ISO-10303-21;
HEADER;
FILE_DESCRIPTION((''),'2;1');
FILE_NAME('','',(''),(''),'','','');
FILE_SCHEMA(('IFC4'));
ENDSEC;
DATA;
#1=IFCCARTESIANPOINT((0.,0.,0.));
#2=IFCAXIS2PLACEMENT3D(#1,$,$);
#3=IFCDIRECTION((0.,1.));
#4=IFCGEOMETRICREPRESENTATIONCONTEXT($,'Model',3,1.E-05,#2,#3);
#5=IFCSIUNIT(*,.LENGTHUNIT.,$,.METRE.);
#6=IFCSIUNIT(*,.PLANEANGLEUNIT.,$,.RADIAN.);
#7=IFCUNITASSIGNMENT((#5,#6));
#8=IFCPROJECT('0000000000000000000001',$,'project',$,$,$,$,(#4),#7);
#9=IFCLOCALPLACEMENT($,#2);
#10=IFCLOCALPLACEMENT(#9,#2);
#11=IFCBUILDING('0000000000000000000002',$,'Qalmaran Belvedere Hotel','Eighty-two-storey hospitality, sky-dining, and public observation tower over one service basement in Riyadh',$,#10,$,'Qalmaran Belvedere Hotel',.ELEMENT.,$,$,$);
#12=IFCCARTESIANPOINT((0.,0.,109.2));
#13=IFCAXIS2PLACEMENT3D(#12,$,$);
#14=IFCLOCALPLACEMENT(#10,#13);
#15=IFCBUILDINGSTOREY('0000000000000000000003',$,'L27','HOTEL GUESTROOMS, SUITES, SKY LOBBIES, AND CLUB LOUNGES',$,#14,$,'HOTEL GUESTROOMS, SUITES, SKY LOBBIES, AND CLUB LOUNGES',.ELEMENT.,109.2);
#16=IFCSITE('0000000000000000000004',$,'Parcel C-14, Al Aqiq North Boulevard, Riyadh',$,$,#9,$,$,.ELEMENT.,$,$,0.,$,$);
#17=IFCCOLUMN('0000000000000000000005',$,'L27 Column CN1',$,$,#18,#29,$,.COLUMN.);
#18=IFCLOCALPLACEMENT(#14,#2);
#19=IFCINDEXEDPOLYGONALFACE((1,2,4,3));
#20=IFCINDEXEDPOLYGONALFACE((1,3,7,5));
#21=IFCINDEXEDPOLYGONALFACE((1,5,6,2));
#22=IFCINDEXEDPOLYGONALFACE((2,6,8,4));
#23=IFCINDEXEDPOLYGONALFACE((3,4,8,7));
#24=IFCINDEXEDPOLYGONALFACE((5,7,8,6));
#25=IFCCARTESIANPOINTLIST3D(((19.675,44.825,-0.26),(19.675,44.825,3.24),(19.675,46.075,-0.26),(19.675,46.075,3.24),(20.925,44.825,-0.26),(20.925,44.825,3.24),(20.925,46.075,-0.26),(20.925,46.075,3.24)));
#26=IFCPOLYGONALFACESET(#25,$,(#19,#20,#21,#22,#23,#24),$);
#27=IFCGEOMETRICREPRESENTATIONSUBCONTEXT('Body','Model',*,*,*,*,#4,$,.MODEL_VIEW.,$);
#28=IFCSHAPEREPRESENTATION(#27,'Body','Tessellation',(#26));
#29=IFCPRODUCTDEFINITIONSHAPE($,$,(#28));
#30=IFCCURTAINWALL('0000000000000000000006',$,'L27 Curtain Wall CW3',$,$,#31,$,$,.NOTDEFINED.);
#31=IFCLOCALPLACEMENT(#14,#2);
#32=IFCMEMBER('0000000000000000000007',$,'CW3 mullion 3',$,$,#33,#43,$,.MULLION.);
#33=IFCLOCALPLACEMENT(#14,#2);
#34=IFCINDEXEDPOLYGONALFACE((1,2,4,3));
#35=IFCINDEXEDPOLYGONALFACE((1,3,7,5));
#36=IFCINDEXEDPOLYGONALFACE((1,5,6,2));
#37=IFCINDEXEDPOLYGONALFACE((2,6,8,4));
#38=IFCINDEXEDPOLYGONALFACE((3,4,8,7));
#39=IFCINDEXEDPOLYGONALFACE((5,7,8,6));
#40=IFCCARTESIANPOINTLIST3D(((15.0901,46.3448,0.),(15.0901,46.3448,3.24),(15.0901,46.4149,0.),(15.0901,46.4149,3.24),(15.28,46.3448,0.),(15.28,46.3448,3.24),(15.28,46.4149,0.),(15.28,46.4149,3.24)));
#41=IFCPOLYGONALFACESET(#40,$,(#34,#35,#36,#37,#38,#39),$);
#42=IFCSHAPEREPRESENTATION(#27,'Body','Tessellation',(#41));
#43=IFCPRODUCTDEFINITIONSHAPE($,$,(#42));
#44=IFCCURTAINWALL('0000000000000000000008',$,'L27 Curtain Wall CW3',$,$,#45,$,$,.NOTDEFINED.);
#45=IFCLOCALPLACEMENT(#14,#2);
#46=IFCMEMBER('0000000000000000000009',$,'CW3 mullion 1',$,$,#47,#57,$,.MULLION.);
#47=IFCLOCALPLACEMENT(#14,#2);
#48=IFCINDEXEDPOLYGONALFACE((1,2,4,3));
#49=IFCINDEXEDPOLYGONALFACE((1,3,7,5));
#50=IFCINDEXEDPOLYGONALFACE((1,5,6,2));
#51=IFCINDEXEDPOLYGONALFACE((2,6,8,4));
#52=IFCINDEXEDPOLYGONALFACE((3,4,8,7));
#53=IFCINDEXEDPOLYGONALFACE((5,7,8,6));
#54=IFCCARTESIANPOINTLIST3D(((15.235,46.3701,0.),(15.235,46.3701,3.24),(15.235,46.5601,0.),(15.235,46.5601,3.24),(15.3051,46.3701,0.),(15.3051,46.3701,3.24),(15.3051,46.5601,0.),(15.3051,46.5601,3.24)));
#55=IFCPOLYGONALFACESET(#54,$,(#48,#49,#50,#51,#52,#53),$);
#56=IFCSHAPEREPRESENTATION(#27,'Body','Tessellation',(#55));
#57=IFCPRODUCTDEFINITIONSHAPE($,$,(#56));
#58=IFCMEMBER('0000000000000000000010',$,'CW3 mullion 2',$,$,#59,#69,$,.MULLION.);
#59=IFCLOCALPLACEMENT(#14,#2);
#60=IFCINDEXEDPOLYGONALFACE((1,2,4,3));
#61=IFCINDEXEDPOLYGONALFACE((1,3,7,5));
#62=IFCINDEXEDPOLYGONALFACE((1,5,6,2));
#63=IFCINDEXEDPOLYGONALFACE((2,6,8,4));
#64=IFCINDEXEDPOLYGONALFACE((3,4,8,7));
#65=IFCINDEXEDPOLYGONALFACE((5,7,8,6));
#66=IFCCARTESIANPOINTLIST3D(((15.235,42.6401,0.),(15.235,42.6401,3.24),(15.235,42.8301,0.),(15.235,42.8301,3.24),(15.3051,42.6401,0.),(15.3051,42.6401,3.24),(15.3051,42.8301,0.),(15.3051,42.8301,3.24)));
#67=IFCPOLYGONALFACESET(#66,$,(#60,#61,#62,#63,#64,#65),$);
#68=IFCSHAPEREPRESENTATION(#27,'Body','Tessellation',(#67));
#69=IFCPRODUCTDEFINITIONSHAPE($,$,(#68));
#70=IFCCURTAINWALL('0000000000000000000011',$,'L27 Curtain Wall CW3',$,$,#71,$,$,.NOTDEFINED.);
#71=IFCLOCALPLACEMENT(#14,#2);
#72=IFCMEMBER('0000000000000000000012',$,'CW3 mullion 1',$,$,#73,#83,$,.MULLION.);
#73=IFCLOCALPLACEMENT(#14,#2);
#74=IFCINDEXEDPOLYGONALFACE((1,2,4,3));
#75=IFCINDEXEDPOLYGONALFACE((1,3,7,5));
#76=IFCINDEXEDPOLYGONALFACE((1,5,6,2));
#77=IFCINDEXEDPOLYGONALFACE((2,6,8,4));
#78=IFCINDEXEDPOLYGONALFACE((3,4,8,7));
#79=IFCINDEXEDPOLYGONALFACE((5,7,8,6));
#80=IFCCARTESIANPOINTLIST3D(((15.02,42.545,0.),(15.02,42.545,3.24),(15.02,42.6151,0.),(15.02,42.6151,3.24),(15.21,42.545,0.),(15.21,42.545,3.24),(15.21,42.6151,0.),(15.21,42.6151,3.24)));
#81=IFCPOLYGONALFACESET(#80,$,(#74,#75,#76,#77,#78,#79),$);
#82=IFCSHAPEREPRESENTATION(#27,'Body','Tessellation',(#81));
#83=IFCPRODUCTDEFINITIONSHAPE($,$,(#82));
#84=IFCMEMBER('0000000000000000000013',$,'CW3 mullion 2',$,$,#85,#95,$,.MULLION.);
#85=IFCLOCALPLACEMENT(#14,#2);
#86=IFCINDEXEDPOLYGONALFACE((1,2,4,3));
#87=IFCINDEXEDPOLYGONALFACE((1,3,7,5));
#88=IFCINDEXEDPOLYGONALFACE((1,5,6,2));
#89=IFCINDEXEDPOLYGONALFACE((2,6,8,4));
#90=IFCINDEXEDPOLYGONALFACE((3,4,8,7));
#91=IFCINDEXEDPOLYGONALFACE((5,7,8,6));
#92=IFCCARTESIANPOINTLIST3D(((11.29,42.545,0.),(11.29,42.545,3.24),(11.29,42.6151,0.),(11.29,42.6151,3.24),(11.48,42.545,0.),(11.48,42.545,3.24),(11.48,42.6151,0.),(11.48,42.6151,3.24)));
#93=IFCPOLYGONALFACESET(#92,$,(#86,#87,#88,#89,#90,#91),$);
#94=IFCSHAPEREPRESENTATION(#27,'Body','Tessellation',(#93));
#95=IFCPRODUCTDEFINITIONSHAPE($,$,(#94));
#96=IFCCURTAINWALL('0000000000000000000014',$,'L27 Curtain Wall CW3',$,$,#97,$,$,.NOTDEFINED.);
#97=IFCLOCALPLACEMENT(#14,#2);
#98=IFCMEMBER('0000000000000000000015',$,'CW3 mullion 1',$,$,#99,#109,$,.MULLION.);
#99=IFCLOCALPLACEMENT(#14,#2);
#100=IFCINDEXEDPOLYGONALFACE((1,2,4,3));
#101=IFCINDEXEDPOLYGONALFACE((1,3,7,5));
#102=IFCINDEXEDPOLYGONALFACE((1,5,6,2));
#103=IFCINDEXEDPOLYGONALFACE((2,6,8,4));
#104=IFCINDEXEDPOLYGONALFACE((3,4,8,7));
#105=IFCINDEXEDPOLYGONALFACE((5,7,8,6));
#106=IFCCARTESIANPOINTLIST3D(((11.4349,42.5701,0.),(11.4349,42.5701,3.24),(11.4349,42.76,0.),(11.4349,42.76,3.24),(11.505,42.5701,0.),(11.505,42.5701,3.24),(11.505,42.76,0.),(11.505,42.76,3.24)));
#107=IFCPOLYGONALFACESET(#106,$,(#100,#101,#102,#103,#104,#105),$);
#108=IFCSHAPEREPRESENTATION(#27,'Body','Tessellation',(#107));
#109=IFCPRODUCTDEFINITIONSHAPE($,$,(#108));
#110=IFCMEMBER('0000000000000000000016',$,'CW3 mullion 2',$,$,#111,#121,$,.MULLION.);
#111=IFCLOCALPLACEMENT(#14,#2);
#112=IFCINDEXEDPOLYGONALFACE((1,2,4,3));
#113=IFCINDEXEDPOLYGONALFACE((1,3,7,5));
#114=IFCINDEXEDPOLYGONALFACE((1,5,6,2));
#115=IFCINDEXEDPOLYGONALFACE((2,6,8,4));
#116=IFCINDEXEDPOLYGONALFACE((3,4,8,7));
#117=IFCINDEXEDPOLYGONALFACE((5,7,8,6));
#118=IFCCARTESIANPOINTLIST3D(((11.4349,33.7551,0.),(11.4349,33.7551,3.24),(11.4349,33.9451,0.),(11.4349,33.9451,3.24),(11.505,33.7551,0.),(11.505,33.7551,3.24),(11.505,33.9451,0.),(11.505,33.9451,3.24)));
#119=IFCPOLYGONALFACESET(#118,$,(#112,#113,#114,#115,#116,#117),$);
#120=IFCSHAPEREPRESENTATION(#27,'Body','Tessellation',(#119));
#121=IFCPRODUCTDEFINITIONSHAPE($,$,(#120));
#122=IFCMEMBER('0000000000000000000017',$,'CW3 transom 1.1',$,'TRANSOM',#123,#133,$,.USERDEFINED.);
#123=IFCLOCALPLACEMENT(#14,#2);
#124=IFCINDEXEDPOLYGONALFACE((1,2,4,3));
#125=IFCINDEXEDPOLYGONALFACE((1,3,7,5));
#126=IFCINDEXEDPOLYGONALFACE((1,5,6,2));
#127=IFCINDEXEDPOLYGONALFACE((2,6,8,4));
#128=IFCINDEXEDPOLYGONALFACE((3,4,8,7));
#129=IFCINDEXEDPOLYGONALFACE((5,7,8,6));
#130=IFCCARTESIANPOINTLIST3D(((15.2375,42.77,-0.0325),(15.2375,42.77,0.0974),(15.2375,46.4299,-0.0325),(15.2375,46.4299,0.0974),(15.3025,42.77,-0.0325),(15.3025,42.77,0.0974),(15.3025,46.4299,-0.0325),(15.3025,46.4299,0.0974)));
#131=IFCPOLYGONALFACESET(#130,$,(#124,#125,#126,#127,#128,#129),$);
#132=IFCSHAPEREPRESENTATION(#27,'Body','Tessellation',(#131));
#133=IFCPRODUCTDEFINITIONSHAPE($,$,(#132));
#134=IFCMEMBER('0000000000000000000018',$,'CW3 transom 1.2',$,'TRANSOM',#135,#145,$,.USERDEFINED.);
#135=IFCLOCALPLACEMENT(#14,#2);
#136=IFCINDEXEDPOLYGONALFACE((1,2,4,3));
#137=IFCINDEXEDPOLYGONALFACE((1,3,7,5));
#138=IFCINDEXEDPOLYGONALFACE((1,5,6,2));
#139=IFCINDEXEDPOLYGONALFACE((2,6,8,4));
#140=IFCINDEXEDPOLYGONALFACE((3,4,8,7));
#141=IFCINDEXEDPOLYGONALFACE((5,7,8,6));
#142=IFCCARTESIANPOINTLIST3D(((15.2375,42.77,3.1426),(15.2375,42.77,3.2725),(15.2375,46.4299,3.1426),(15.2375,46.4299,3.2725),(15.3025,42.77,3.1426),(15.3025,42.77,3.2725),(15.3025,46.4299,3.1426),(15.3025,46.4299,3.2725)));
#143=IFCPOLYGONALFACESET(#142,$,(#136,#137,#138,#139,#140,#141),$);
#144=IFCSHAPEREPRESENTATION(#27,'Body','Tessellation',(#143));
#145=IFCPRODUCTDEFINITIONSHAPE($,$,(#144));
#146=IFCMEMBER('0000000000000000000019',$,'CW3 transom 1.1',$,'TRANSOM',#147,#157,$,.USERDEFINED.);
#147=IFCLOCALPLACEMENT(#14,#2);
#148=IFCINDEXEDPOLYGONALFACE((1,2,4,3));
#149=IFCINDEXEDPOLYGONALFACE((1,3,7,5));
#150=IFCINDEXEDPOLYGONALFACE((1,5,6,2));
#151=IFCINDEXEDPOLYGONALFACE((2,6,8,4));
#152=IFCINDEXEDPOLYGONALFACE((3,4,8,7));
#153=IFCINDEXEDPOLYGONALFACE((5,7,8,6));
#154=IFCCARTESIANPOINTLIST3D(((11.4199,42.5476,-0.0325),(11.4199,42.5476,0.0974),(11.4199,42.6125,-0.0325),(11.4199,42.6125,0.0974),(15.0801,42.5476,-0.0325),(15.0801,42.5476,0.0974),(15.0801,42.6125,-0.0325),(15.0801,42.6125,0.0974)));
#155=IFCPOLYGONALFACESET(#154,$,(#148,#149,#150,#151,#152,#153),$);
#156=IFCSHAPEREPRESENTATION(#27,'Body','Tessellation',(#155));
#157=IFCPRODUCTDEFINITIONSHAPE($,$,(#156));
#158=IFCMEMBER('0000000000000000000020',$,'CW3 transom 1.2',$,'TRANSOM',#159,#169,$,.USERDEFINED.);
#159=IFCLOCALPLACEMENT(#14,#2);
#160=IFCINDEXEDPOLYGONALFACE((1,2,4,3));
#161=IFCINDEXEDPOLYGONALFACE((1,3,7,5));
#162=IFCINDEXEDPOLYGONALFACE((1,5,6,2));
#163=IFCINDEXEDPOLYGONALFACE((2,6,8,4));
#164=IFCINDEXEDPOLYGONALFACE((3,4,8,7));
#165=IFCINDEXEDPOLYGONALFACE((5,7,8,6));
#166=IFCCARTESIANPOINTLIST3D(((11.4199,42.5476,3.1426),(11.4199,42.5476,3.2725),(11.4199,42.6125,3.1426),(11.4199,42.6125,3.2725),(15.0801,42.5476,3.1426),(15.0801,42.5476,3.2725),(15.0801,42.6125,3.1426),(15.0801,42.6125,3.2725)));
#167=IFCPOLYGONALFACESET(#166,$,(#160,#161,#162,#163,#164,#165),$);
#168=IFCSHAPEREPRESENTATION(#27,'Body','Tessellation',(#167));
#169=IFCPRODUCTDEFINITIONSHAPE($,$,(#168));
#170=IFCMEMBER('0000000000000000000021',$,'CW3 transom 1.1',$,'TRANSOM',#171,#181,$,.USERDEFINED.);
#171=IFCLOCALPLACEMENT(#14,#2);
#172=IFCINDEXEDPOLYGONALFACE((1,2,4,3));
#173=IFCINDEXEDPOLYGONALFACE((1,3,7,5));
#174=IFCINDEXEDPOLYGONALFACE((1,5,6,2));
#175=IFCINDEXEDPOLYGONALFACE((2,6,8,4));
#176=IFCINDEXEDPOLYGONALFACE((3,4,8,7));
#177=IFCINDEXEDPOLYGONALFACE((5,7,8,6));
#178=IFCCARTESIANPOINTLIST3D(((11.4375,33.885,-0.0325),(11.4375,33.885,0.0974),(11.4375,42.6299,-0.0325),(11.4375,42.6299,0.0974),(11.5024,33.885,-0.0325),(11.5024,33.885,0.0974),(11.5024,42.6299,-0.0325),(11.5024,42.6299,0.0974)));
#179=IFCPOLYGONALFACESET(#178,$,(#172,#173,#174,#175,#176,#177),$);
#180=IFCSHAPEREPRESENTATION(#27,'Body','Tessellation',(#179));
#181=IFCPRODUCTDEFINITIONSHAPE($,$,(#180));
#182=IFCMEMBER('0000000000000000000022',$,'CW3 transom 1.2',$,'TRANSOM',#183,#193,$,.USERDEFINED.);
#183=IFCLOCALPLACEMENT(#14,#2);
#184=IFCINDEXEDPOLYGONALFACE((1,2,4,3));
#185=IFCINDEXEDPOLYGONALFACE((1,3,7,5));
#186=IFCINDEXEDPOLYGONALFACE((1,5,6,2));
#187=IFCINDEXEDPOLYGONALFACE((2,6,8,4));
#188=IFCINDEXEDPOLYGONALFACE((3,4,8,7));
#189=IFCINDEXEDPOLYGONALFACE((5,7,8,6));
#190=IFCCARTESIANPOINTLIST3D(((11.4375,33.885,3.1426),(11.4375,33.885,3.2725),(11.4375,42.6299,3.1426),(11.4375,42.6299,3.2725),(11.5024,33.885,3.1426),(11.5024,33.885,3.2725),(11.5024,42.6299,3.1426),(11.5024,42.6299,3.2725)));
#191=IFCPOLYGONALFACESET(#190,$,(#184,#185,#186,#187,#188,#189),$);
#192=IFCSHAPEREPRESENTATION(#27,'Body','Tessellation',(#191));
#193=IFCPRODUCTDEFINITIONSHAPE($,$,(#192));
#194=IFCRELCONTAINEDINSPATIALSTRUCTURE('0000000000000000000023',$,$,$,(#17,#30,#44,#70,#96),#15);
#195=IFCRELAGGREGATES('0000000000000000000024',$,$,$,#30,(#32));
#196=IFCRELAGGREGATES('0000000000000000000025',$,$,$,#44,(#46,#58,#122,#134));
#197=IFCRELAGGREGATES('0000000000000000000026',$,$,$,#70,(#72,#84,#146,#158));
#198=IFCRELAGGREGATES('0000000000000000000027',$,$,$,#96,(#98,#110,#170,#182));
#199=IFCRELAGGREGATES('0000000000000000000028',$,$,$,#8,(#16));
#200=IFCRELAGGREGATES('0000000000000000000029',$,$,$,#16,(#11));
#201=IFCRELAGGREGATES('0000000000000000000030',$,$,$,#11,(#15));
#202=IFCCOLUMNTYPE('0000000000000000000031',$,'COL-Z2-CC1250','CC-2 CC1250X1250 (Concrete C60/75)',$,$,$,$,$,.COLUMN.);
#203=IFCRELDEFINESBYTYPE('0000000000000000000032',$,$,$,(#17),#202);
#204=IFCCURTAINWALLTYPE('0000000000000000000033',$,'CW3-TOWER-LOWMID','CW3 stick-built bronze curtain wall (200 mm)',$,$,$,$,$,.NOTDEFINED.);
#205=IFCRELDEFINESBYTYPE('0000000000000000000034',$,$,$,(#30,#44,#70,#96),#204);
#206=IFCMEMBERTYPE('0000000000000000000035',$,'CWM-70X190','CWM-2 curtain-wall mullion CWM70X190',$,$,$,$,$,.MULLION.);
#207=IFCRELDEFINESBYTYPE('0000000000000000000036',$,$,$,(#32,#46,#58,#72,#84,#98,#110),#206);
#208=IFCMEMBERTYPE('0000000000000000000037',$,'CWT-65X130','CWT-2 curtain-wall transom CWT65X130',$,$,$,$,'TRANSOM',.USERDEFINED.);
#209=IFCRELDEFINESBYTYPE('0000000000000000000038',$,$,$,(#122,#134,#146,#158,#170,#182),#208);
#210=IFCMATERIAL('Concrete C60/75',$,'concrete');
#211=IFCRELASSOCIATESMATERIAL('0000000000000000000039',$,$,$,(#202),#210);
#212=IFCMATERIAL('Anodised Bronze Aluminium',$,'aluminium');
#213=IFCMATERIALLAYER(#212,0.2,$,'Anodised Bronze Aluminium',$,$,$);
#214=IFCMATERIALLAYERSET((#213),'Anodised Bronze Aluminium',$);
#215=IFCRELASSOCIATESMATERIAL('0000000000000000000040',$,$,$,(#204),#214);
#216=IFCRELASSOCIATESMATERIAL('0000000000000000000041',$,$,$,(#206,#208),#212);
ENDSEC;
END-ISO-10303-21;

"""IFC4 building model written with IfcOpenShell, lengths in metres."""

from ifc_helpers import new_model, si_unit, direction, frame, origin, origin_2d, place, context, subcontext, project, spatial, rectangle, extrude, material, layer, layer_set, material_profile, profile_set, type_object, element, aggregate, save


model = new_model("IFC4")

# Units and contexts
model_context = context("Model", 3, precision=1e-05, world=origin(), true_north=direction((0.0, 1.0)))
body_context = subcontext(model_context, "Body", "Model", "MODEL_VIEW")
ifc_project = project(units=[si_unit("LENGTHUNIT", "METRE"), si_unit("PLANEANGLEUNIT", "RADIAN")], contexts=[model_context])

# Site, building, storey
site_placement = place(None, origin())
site = spatial("IfcSite", under=ifc_project, at=site_placement, Name="Parcel C-14, Al Aqiq North Boulevard, Riyadh", CompositionType="ELEMENT", RefElevation=0.0)
building_placement = place(site_placement, origin())
building = spatial("IfcBuilding", under=site, at=building_placement, Name="Qalmaran Belvedere Hotel", Description="Eighty-two-storey hospitality, sky-dining, and public observation tower over one service basement in Riyadh", LongName="Qalmaran Belvedere Hotel", CompositionType="ELEMENT")
storey_placement = place(building_placement, frame((0.0, 0.0, 109.2)))
storey = spatial("IfcBuildingStorey", under=building, at=storey_placement, Name="L27", Description="HOTEL GUESTROOMS, SUITES, SKY LOBBIES, AND CLUB LOUNGES", LongName="HOTEL GUESTROOMS, SUITES, SKY LOBBIES, AND CLUB LOUNGES", CompositionType="ELEMENT", Elevation=109.2)

# Column
ifc_material_1 = material(Name="Concrete C60/75", Category="concrete")
ifc_material_profile_1 = material_profile(ifc_material_1, rectangle(XDim=1.25, YDim=1.25, at=origin_2d()), Name="CC1250X1250")
ifc_profile_set_1 = profile_set([ifc_material_profile_1], Name="Concrete C60/75")
column_type = type_object("IfcColumnType", Name="COL-Z2-CC1250", Description="CC-2 CC1250X1250 (Concrete C60/75)", PredefinedType="COLUMN", material=ifc_profile_set_1)
column_placement = place(storey_placement, frame((20.3, 45.45, -0.26), z_axis=(0.0, 0.0, 1.0), x_axis=(1.0, 0.0, 0.0)))
element("IfcColumn", 1, at=column_placement, inside=storey, type_object=column_type, Name="L27 Column CN1", PredefinedType="COLUMN", context=body_context, shape_type="SweptSolid", body=[
    extrude(rectangle(XDim=1.25, YDim=1.25, at=origin_2d()), origin(), (0.0, 0.0, 1.0), 3.5),
])

# Curtain wall, member
ifc_material_2 = material(Name="Anodised Bronze Aluminium", Category="aluminium")
ifc_layer_1 = layer(ifc_material_2, 0.2, Name="Anodised Bronze Aluminium")
ifc_layer_set_1 = layer_set([ifc_layer_1], Name="Anodised Bronze Aluminium")
curtain_wall_type = type_object("IfcCurtainWallType", Name="CW3-TOWER-LOWMID", Description="CW3 stick-built bronze curtain wall (200 mm)", PredefinedType="NOTDEFINED", material=ifc_layer_set_1)
curtain_wall_1_placement = place(storey_placement, origin())
curtain_wall_1 = element("IfcCurtainWall", 2, at=curtain_wall_1_placement, inside=storey, type_object=curtain_wall_type, Name="L27 Curtain Wall CW3", PredefinedType="NOTDEFINED")
ifc_material_profile_2 = material_profile(ifc_material_2, rectangle(XDim=0.0701, YDim=0.1899, at=origin_2d()), Name="CWM70X190")
ifc_profile_set_2 = profile_set([ifc_material_profile_2], Name="Anodised Bronze Aluminium")
member_type_1 = type_object("IfcMemberType", Name="CWM-70X190", Description="CWM-2 curtain-wall mullion CWM70X190", PredefinedType="MULLION", material=ifc_profile_set_2)
member_1_placement = place(storey_placement, frame((15.1851, 46.3799, 0.0), z_axis=(0.0, 0.0, 1.0), x_axis=(0.0, -1.0, 0.0)))
member_1 = element("IfcMember", 3, at=member_1_placement, type_object=member_type_1, Name="CW3 mullion 3", PredefinedType="MULLION", context=body_context, shape_type="SweptSolid", body=[
    extrude(rectangle(XDim=0.0701, YDim=0.1899, at=origin_2d()), origin(), (0.0, 0.0, 1.0), 3.24),
])

# Curtain walls, members
curtain_wall_2_placement = place(storey_placement, origin())
curtain_wall_2 = element("IfcCurtainWall", 4, at=curtain_wall_2_placement, inside=storey, type_object=curtain_wall_type, Name="L27 Curtain Wall CW3", PredefinedType="NOTDEFINED")
member_2_placement = place(storey_placement, frame((15.27, 46.4651, 0.0), z_axis=(0.0, 0.0, 1.0), x_axis=(1.0, 0.0, 0.0)))
member_2 = element("IfcMember", 5, at=member_2_placement, type_object=member_type_1, Name="CW3 mullion 1", PredefinedType="MULLION", context=body_context, shape_type="SweptSolid", body=[
    extrude(rectangle(XDim=0.0701, YDim=0.1899, at=origin_2d()), origin(), (0.0, 0.0, 1.0), 3.24),
])
member_3_placement = place(storey_placement, frame((15.27, 42.7351, 0.0), z_axis=(0.0, 0.0, 1.0), x_axis=(1.0, 0.0, 0.0)))
member_3 = element("IfcMember", 6, at=member_3_placement, type_object=member_type_1, Name="CW3 mullion 2", PredefinedType="MULLION", context=body_context, shape_type="SweptSolid", body=[
    extrude(rectangle(XDim=0.0701, YDim=0.1899, at=origin_2d()), origin(), (0.0, 0.0, 1.0), 3.24),
])
curtain_wall_3_placement = place(storey_placement, origin())
curtain_wall_3 = element("IfcCurtainWall", 7, at=curtain_wall_3_placement, inside=storey, type_object=curtain_wall_type, Name="L27 Curtain Wall CW3", PredefinedType="NOTDEFINED")
member_4_placement = place(storey_placement, frame((15.115, 42.5801, 0.0), z_axis=(0.0, 0.0, 1.0), x_axis=(0.0, -1.0, 0.0)))
member_4 = element("IfcMember", 8, at=member_4_placement, type_object=member_type_1, Name="CW3 mullion 1", PredefinedType="MULLION", context=body_context, shape_type="SweptSolid", body=[
    extrude(rectangle(XDim=0.0701, YDim=0.1899, at=origin_2d()), origin(), (0.0, 0.0, 1.0), 3.24),
])
member_5_placement = place(storey_placement, frame((11.385, 42.5801, 0.0), z_axis=(0.0, 0.0, 1.0), x_axis=(0.0, -1.0, 0.0)))
member_5 = element("IfcMember", 9, at=member_5_placement, type_object=member_type_1, Name="CW3 mullion 2", PredefinedType="MULLION", context=body_context, shape_type="SweptSolid", body=[
    extrude(rectangle(XDim=0.0701, YDim=0.1899, at=origin_2d()), origin(), (0.0, 0.0, 1.0), 3.24),
])
curtain_wall_4_placement = place(storey_placement, origin())
curtain_wall_4 = element("IfcCurtainWall", 10, at=curtain_wall_4_placement, inside=storey, type_object=curtain_wall_type, Name="L27 Curtain Wall CW3", PredefinedType="NOTDEFINED")
member_6_placement = place(storey_placement, frame((11.47, 42.665, 0.0), z_axis=(0.0, 0.0, 1.0), x_axis=(1.0, 0.0, 0.0)))
member_6 = element("IfcMember", 11, at=member_6_placement, type_object=member_type_1, Name="CW3 mullion 1", PredefinedType="MULLION", context=body_context, shape_type="SweptSolid", body=[
    extrude(rectangle(XDim=0.0701, YDim=0.1899, at=origin_2d()), origin(), (0.0, 0.0, 1.0), 3.24),
])
member_7_placement = place(storey_placement, frame((11.47, 33.8501, 0.0), z_axis=(0.0, 0.0, 1.0), x_axis=(1.0, 0.0, 0.0)))
member_7 = element("IfcMember", 12, at=member_7_placement, type_object=member_type_1, Name="CW3 mullion 2", PredefinedType="MULLION", context=body_context, shape_type="SweptSolid", body=[
    extrude(rectangle(XDim=0.0701, YDim=0.1899, at=origin_2d()), origin(), (0.0, 0.0, 1.0), 3.24),
])

# Members
ifc_material_profile_3 = material_profile(ifc_material_2, rectangle(XDim=0.0649, YDim=0.1299, at=origin_2d()), Name="CWT65X130")
ifc_profile_set_3 = profile_set([ifc_material_profile_3], Name="Anodised Bronze Aluminium")
member_type_2 = type_object("IfcMemberType", Name="CWT-65X130", Description="CWT-2 curtain-wall transom CWT65X130", ElementType="TRANSOM", PredefinedType="USERDEFINED", material=ifc_profile_set_3)
member_8_placement = place(storey_placement, frame((15.27, 46.4299, 0.0325), z_axis=(0.0, -1.0, 0.0), x_axis=(1.0, 0.0, 0.0)))
member_8 = element("IfcMember", 13, at=member_8_placement, type_object=member_type_2, Name="CW3 transom 1.1", ObjectType="TRANSOM", PredefinedType="USERDEFINED", context=body_context, shape_type="SweptSolid", body=[
    extrude(rectangle(XDim=0.0649, YDim=0.1299, at=origin_2d()), origin(), (0.0, 0.0, 1.0), 3.6599),
])
member_9_placement = place(storey_placement, frame((15.27, 46.4299, 3.2075), z_axis=(0.0, -1.0, 0.0), x_axis=(1.0, 0.0, 0.0)))
member_9 = element("IfcMember", 14, at=member_9_placement, type_object=member_type_2, Name="CW3 transom 1.2", ObjectType="TRANSOM", PredefinedType="USERDEFINED", context=body_context, shape_type="SweptSolid", body=[
    extrude(rectangle(XDim=0.0649, YDim=0.1299, at=origin_2d()), origin(), (0.0, 0.0, 1.0), 3.6599),
])
member_10_placement = place(storey_placement, frame((15.0801, 42.5801, 0.0325), z_axis=(-1.0, 0.0, 0.0), x_axis=(0.0, -1.0, 0.0)))
member_10 = element("IfcMember", 15, at=member_10_placement, type_object=member_type_2, Name="CW3 transom 1.1", ObjectType="TRANSOM", PredefinedType="USERDEFINED", context=body_context, shape_type="SweptSolid", body=[
    extrude(rectangle(XDim=0.0649, YDim=0.1299, at=origin_2d()), origin(), (0.0, 0.0, 1.0), 3.6602),
])
member_11_placement = place(storey_placement, frame((15.0801, 42.5801, 3.2075), z_axis=(-1.0, 0.0, 0.0), x_axis=(0.0, -1.0, 0.0)))
member_11 = element("IfcMember", 16, at=member_11_placement, type_object=member_type_2, Name="CW3 transom 1.2", ObjectType="TRANSOM", PredefinedType="USERDEFINED", context=body_context, shape_type="SweptSolid", body=[
    extrude(rectangle(XDim=0.0649, YDim=0.1299, at=origin_2d()), origin(), (0.0, 0.0, 1.0), 3.6602),
])
member_12_placement = place(storey_placement, frame((11.47, 42.6299, 0.0325), z_axis=(0.0, -1.0, 0.0), x_axis=(1.0, 0.0, 0.0)))
member_12 = element("IfcMember", 17, at=member_12_placement, type_object=member_type_2, Name="CW3 transom 1.1", ObjectType="TRANSOM", PredefinedType="USERDEFINED", context=body_context, shape_type="SweptSolid", body=[
    extrude(rectangle(XDim=0.0649, YDim=0.1299, at=origin_2d()), origin(), (0.0, 0.0, 1.0), 8.7449),
])
member_13_placement = place(storey_placement, frame((11.47, 42.6299, 3.2075), z_axis=(0.0, -1.0, 0.0), x_axis=(1.0, 0.0, 0.0)))
member_13 = element("IfcMember", 18, at=member_13_placement, type_object=member_type_2, Name="CW3 transom 1.2", ObjectType="TRANSOM", PredefinedType="USERDEFINED", context=body_context, shape_type="SweptSolid", body=[
    extrude(rectangle(XDim=0.0649, YDim=0.1299, at=origin_2d()), origin(), (0.0, 0.0, 1.0), 8.7449),
])

aggregate(curtain_wall_1, [member_1])
aggregate(curtain_wall_2, [member_2, member_3, member_8, member_9])
aggregate(curtain_wall_3, [member_4, member_5, member_10, member_11])
aggregate(curtain_wall_4, [member_6, member_7, member_12, member_13])

save(model, "model.ifc")
